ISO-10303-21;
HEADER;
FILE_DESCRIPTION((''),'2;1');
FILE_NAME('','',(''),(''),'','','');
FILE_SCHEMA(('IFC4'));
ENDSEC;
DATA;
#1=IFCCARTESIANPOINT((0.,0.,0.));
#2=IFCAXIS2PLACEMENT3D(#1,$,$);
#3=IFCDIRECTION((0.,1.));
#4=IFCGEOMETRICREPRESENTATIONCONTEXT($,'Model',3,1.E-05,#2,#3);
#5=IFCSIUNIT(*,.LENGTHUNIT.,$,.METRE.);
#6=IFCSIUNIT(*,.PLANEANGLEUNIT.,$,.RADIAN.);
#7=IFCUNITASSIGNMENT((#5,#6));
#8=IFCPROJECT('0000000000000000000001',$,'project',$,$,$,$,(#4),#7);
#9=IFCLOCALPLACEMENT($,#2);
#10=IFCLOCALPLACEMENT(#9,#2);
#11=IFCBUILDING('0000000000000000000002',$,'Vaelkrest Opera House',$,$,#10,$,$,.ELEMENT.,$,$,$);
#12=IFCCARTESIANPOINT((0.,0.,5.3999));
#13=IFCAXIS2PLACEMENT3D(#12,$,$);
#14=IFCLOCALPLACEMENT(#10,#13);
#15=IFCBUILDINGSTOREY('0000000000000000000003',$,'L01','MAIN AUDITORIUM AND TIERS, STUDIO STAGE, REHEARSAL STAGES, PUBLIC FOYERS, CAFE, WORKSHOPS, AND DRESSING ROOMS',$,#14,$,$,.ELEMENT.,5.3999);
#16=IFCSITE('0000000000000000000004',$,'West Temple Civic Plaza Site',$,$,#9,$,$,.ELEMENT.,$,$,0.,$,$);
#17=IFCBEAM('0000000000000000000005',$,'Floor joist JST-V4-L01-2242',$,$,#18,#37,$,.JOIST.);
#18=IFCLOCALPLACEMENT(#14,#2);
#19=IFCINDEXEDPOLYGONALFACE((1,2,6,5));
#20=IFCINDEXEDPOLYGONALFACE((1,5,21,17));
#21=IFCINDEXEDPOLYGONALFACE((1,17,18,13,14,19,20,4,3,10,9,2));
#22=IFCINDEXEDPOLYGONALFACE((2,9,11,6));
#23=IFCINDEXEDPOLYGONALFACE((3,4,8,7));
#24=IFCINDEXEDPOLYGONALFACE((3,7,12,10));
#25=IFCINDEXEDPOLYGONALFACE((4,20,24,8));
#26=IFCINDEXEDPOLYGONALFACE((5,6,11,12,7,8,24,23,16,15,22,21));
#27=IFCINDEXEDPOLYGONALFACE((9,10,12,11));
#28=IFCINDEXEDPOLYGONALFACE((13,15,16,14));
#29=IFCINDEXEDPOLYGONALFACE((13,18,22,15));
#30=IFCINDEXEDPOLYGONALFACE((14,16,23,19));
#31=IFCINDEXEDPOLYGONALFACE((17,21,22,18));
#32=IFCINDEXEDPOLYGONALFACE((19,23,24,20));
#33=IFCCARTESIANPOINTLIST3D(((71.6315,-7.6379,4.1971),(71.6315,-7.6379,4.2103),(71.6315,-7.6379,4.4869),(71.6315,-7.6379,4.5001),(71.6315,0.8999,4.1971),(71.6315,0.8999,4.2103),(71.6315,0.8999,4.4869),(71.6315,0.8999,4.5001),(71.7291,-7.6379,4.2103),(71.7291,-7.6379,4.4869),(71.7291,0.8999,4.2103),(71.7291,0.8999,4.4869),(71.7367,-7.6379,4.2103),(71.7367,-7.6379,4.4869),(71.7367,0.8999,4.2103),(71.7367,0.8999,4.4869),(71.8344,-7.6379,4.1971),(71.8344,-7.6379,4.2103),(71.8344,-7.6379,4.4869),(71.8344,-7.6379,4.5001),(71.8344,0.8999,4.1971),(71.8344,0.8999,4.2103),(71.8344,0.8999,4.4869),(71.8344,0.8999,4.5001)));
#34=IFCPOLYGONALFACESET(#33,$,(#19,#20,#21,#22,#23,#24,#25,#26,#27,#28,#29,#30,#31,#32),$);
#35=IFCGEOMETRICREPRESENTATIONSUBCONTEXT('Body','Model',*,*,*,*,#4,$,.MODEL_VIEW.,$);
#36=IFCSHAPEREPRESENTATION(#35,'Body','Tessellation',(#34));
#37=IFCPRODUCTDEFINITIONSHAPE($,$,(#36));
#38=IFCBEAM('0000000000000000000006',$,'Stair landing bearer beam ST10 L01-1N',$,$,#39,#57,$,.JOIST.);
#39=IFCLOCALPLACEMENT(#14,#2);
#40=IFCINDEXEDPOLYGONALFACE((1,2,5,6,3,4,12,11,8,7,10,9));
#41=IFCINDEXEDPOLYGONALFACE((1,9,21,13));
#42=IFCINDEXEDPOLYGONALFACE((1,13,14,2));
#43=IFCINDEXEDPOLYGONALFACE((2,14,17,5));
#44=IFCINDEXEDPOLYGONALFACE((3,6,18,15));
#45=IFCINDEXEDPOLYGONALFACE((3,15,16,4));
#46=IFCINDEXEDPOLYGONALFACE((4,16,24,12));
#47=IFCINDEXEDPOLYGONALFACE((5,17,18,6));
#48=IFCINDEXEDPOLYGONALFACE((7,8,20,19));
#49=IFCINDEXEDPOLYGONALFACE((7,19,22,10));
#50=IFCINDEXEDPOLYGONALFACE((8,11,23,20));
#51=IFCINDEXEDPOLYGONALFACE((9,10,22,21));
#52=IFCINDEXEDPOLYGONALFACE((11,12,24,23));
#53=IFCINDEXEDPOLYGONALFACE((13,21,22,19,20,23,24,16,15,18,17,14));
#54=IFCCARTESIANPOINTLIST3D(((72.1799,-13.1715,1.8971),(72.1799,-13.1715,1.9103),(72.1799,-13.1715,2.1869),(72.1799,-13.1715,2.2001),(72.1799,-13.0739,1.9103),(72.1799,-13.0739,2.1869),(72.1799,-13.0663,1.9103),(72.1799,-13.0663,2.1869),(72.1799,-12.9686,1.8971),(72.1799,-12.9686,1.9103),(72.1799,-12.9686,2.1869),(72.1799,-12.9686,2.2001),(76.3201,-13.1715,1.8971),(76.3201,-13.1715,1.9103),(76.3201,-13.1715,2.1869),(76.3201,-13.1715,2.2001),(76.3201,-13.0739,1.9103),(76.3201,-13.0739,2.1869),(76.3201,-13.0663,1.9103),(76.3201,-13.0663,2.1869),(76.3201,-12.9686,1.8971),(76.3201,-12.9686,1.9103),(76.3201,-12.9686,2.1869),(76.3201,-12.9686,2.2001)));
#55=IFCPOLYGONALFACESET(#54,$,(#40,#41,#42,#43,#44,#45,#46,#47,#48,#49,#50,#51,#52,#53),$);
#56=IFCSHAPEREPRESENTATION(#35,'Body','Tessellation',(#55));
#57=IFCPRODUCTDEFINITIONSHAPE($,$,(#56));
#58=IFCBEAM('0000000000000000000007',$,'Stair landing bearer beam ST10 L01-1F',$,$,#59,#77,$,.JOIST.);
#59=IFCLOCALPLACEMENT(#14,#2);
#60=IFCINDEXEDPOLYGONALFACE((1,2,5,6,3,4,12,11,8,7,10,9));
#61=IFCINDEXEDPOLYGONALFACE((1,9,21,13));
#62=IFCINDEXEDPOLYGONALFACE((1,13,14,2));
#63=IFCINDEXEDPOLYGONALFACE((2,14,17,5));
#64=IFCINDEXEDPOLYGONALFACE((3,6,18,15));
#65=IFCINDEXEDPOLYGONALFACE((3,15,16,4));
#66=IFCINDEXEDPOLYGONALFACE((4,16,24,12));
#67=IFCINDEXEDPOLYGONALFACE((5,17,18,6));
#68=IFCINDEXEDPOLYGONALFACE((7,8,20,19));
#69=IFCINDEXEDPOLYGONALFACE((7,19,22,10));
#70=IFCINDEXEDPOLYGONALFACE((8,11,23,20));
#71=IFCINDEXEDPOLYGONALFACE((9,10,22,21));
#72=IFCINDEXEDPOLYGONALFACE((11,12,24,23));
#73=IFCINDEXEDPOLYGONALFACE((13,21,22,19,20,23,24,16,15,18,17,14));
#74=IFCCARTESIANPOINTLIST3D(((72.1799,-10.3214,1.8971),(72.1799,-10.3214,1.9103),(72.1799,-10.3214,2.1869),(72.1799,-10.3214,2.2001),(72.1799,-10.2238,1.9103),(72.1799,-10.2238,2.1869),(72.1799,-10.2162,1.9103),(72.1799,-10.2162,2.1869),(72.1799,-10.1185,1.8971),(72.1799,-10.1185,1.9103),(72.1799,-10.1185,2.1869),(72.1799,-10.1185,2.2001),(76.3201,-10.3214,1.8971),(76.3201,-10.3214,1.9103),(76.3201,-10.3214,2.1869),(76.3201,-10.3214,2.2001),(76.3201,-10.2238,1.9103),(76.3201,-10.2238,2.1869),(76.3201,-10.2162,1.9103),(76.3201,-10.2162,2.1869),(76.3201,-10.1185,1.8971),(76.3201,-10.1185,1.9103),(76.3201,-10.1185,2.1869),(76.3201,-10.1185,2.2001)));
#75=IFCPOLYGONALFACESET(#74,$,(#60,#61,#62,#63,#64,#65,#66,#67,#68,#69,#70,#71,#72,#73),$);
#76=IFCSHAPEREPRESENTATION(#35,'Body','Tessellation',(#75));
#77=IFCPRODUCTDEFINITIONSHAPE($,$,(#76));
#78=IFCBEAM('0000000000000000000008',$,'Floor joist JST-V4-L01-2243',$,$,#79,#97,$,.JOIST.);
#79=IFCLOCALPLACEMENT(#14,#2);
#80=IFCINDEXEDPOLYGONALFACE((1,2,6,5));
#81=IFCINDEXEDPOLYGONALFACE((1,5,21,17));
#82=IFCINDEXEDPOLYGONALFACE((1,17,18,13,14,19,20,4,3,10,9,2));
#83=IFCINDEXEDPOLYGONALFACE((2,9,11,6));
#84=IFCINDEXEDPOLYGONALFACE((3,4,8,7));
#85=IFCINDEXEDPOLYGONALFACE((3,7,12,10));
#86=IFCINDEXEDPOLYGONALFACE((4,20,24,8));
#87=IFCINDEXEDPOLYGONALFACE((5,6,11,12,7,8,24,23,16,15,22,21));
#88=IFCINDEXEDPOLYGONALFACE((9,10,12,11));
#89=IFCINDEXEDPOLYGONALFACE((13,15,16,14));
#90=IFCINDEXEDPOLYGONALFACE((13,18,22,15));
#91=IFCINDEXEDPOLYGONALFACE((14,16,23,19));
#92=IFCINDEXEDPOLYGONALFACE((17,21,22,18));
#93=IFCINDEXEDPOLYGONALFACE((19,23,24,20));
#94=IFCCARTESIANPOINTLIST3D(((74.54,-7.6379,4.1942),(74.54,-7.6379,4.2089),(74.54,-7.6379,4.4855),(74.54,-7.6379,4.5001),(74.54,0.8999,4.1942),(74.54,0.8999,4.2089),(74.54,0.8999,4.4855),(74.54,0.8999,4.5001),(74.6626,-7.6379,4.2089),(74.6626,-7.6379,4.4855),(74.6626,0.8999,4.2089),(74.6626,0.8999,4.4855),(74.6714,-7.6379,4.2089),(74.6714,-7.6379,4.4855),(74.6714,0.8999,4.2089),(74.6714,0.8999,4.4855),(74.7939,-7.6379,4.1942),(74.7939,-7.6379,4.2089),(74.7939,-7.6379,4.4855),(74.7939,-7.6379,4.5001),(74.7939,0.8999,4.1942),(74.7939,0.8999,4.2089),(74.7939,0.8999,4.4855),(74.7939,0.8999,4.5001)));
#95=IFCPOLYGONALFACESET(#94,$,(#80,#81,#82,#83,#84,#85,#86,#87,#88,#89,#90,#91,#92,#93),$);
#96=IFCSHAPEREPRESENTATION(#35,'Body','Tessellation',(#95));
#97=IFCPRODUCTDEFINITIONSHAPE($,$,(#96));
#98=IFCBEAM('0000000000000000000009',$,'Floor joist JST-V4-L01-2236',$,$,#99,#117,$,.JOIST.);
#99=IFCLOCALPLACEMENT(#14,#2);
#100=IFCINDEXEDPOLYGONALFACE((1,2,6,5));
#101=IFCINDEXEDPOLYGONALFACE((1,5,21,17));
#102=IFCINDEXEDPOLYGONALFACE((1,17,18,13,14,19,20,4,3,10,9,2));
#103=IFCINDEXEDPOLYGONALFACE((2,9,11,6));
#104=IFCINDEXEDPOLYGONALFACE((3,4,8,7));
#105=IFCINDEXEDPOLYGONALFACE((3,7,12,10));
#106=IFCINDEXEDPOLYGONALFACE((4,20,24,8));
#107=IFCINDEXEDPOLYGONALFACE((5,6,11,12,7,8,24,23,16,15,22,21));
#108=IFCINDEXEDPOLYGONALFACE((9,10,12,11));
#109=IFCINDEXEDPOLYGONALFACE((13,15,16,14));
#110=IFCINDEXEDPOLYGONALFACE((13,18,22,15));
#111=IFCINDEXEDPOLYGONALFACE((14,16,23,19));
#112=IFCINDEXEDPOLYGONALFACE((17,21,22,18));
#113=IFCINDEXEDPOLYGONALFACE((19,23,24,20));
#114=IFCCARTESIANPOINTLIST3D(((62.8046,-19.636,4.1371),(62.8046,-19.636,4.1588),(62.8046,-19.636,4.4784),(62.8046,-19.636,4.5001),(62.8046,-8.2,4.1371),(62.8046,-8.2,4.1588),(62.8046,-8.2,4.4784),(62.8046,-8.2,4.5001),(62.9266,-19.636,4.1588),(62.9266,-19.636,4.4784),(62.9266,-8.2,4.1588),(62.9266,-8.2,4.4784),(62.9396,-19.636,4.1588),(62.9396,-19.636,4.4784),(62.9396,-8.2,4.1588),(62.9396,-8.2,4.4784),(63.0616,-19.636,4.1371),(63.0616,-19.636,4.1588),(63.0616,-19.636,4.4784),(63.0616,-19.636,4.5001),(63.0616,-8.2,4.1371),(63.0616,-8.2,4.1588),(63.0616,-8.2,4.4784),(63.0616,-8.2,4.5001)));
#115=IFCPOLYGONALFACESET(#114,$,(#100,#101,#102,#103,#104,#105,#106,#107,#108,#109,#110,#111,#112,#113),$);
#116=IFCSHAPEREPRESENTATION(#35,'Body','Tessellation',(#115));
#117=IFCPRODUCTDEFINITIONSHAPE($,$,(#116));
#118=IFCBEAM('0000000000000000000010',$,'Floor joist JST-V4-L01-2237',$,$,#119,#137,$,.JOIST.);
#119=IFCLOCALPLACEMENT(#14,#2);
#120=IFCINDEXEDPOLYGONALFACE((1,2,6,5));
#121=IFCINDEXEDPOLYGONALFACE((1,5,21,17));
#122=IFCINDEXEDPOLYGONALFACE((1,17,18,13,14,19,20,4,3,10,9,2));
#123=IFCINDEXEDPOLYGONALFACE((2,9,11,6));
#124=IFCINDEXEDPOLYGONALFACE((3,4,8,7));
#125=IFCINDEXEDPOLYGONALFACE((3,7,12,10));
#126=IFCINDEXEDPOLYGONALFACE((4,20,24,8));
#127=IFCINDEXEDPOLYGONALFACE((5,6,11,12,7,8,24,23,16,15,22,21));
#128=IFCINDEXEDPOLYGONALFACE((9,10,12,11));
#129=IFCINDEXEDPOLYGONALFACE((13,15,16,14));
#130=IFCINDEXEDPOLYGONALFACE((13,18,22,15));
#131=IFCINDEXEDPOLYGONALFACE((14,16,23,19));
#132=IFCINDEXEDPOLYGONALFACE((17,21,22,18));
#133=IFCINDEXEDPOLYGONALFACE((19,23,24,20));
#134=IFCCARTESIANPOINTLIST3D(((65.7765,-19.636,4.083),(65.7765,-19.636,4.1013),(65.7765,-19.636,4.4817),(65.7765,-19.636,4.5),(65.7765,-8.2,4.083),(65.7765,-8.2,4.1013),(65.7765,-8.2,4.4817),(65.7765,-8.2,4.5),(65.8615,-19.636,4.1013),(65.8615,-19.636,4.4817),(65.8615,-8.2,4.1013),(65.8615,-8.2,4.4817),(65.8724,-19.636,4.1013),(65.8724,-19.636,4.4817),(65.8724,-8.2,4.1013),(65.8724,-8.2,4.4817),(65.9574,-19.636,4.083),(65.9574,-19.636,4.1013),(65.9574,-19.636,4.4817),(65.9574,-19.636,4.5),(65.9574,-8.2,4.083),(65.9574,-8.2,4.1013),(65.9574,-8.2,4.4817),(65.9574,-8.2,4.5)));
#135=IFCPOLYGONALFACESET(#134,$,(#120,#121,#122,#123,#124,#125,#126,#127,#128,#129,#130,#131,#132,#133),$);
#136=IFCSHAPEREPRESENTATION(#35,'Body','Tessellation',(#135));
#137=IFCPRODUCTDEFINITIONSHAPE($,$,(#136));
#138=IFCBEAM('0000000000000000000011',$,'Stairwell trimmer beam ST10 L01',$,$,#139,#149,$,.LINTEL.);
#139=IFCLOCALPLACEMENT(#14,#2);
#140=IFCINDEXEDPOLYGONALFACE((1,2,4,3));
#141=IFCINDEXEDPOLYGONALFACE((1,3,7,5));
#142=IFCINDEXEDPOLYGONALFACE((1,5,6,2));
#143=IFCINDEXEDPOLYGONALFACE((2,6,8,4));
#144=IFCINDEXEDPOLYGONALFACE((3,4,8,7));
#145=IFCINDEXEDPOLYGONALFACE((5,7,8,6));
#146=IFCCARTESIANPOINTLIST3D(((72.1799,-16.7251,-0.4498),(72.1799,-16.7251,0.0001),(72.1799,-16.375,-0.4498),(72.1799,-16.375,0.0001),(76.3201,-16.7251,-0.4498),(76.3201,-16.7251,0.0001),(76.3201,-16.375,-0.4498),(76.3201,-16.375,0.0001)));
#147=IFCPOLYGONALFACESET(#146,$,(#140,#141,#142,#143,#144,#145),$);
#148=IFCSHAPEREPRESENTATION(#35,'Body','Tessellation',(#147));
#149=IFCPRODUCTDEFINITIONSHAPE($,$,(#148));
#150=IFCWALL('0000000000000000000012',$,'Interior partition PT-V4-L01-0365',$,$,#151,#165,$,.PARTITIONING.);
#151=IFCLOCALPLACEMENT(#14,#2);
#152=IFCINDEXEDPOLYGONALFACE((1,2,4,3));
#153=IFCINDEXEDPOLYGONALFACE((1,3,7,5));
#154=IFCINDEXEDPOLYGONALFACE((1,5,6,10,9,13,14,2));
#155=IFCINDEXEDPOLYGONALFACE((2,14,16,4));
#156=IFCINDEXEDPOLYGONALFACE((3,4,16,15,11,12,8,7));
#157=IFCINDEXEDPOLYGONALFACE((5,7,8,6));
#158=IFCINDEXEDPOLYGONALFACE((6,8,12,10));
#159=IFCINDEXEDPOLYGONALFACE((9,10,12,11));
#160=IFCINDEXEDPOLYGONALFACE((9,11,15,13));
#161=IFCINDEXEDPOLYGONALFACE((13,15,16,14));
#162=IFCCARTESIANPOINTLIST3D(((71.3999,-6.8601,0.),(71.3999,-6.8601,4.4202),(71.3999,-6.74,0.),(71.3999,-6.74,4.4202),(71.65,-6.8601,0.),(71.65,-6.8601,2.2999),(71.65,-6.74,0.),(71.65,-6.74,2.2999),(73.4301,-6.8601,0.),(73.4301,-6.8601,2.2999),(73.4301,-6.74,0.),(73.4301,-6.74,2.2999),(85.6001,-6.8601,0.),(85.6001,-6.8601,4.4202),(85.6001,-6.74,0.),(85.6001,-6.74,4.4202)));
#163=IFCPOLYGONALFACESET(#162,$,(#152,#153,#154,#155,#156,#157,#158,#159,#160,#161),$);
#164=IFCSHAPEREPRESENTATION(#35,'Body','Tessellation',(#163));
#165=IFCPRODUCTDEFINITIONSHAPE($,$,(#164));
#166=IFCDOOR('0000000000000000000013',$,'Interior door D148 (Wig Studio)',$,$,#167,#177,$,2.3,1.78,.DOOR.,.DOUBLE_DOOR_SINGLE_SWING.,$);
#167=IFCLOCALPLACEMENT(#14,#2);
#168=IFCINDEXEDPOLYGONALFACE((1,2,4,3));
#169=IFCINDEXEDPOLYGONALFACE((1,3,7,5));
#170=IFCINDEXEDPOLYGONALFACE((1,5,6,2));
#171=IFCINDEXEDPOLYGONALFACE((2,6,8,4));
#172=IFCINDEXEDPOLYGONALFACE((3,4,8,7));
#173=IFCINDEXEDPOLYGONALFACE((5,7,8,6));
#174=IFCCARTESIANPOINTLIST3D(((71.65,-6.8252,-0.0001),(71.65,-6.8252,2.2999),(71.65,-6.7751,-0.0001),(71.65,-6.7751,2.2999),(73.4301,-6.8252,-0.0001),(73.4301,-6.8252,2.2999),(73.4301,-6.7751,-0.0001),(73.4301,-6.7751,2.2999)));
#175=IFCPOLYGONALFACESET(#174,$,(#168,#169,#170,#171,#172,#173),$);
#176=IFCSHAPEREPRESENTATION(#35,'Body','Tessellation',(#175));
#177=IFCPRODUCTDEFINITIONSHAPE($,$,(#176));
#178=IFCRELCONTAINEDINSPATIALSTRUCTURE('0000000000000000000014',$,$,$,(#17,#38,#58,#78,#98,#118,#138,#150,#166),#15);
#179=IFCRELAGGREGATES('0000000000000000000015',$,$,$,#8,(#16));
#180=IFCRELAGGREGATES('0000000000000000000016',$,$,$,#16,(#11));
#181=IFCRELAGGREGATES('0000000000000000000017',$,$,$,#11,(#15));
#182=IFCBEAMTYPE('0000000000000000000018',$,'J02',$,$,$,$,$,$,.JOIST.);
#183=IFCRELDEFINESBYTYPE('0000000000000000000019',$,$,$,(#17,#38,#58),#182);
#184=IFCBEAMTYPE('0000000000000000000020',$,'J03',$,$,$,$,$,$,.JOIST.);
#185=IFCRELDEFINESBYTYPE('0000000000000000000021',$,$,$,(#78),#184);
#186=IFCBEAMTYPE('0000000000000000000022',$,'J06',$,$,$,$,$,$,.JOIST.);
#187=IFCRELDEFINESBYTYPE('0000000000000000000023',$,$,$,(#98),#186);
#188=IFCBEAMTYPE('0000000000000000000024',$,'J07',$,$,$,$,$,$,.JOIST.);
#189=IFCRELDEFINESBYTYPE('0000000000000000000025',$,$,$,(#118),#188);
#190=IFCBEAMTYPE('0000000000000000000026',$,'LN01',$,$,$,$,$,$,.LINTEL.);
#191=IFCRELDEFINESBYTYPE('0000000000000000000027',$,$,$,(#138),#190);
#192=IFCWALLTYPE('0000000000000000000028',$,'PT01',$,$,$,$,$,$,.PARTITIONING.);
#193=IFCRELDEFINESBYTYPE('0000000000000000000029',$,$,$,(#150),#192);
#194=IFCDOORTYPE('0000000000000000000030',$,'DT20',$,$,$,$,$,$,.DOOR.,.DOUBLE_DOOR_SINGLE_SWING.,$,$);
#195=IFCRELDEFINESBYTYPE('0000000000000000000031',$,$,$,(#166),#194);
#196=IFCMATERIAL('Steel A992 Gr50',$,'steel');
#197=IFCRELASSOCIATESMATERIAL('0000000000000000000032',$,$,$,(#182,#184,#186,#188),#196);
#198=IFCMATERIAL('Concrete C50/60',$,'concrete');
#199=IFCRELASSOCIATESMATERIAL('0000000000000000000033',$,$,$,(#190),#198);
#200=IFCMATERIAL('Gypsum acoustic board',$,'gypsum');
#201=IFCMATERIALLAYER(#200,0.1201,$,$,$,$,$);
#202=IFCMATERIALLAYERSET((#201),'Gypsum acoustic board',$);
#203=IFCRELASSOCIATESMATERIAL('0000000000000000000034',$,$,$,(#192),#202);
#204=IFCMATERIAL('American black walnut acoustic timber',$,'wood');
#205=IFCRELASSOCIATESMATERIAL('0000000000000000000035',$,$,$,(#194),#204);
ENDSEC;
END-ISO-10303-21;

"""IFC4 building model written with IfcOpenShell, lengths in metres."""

from ifc_helpers import new_model, si_unit, direction, frame, frame_2d, origin, origin_2d, place, context, subcontext, project, spatial, rectangle, i_section, extrude, material, layer, layer_set, material_profile, profile_set, type_object, element, fill, save


model = new_model("IFC4")

# Units and contexts
model_context = context("Model", 3, precision=1e-05, world=origin(), true_north=direction((0.0, 1.0)))
body_context = subcontext(model_context, "Body", "Model", "MODEL_VIEW")
ifc_project = project(units=[si_unit("LENGTHUNIT", "METRE"), si_unit("PLANEANGLEUNIT", "RADIAN")], contexts=[model_context])

# Site, building, storey
site_placement = place(None, origin())
site = spatial("IfcSite", under=ifc_project, at=site_placement, Name="West Temple Civic Plaza Site", CompositionType="ELEMENT", RefElevation=0.0)
building_placement = place(site_placement, origin())
building = spatial("IfcBuilding", under=site, at=building_placement, Name="Vaelkrest Opera House", CompositionType="ELEMENT")
storey_placement = place(building_placement, frame((0.0, 0.0, 5.3999)))
storey = spatial("IfcBuildingStorey", under=building, at=storey_placement, Name="L01", Description="MAIN AUDITORIUM AND TIERS, STUDIO STAGE, REHEARSAL STAGES, PUBLIC FOYERS, CAFE, WORKSHOPS, AND DRESSING ROOMS", CompositionType="ELEMENT", Elevation=5.3999)

# Shared definitions
ifc_material_1 = material(Name="Concrete C50/60", Category="concrete")

# Beams
ifc_material_2 = material(Name="Steel A992 Gr50", Category="steel")
ifc_material_profile_1 = material_profile(ifc_material_2, i_section(OverallWidth=0.2029, OverallDepth=0.303, WebThickness=0.0076, FlangeThickness=0.0132, at=origin_2d()), Name="W12X40")
ifc_profile_set_1 = profile_set([ifc_material_profile_1], Name="Steel A992 Gr50")
beam_type_1 = type_object("IfcBeamType", Name="J02", PredefinedType="JOIST", material=ifc_profile_set_1)
beam_1_placement = place(storey_placement, frame((71.7329, -7.6379, 4.3486), z_axis=(0.0, 1.0, 0.0), x_axis=(-1.0, 0.0, 0.0)))
element("IfcBeam", 1, at=beam_1_placement, inside=storey, type_object=beam_type_1, Name="Floor joist JST-V4-L01-2242", PredefinedType="JOIST", context=body_context, shape_type="SweptSolid", body=[
    extrude(i_section(OverallWidth=0.2029, OverallDepth=0.303, WebThickness=0.0076, FlangeThickness=0.0132, at=origin_2d()), origin(), (0.0, 0.0, 1.0), 8.5378),
])
for number, where, z_axis, x_axis, name in (
    (2, (72.1799, -13.0701, 2.0486), (1.0, 0.0, 0.0), (0.0, 1.0, 0.0), "Stair landing bearer beam ST10 L01-1N"),
    (3, (72.1799, -10.22, 2.0486), (1.0, 0.0, 0.0), (0.0, 1.0, 0.0), "Stair landing bearer beam ST10 L01-1F"),
):
    element("IfcBeam", number, at=place(storey_placement, frame(where, z_axis=z_axis, x_axis=x_axis)), inside=storey, type_object=beam_type_1, Name=name, PredefinedType="JOIST", context=body_context, shape_type="SweptSolid", body=[
        extrude(i_section(OverallWidth=0.2029, OverallDepth=0.303, WebThickness=0.0076, FlangeThickness=0.0132, at=origin_2d()), origin(), (0.0, 0.0, 1.0), 4.1401),
    ])
ifc_material_profile_2 = material_profile(ifc_material_2, i_section(OverallWidth=0.2539, OverallDepth=0.3059, WebThickness=0.0088, FlangeThickness=0.0146, at=origin_2d()), Name="W12X53")
ifc_profile_set_2 = profile_set([ifc_material_profile_2], Name="Steel A992 Gr50")
beam_type_2 = type_object("IfcBeamType", Name="J03", PredefinedType="JOIST", material=ifc_profile_set_2)
beam_2_placement = place(storey_placement, frame((74.667, -7.6379, 4.3472), z_axis=(0.0, 1.0, 0.0), x_axis=(-1.0, 0.0, 0.0)))
element("IfcBeam", 4, at=beam_2_placement, inside=storey, type_object=beam_type_2, Name="Floor joist JST-V4-L01-2243", PredefinedType="JOIST", context=body_context, shape_type="SweptSolid", body=[
    extrude(i_section(OverallWidth=0.2539, OverallDepth=0.3059, WebThickness=0.0088, FlangeThickness=0.0146, at=origin_2d()), origin(), (0.0, 0.0, 1.0), 8.5378),
])
ifc_material_profile_3 = material_profile(ifc_material_2, i_section(OverallWidth=0.2571, OverallDepth=0.363, WebThickness=0.0129, FlangeThickness=0.0217, at=origin_2d()), Name="W14X82")
ifc_profile_set_3 = profile_set([ifc_material_profile_3], Name="Steel A992 Gr50")
beam_type_3 = type_object("IfcBeamType", Name="J06", PredefinedType="JOIST", material=ifc_profile_set_3)
beam_3_placement = place(storey_placement, frame((62.9331, -19.636, 4.3186), z_axis=(0.0, 1.0, 0.0), x_axis=(-1.0, 0.0, 0.0)))
element("IfcBeam", 5, at=beam_3_placement, inside=storey, type_object=beam_type_3, Name="Floor joist JST-V4-L01-2236", PredefinedType="JOIST", context=body_context, shape_type="SweptSolid", body=[
    extrude(i_section(OverallWidth=0.2571, OverallDepth=0.363, WebThickness=0.0129, FlangeThickness=0.0217, at=origin_2d()), origin(), (0.0, 0.0, 1.0), 11.436),
])
ifc_material_profile_4 = material_profile(ifc_material_2, i_section(OverallWidth=0.1809, OverallDepth=0.417, WebThickness=0.011, FlangeThickness=0.0183, at=origin_2d()), Name="W16X57")
ifc_profile_set_4 = profile_set([ifc_material_profile_4], Name="Steel A992 Gr50")
beam_type_4 = type_object("IfcBeamType", Name="J07", PredefinedType="JOIST", material=ifc_profile_set_4)
beam_4_placement = place(storey_placement, frame((65.8669, -19.636, 4.2915), z_axis=(0.0, 1.0, 0.0), x_axis=(-1.0, 0.0, 0.0)))
element("IfcBeam", 6, at=beam_4_placement, inside=storey, type_object=beam_type_4, Name="Floor joist JST-V4-L01-2237", PredefinedType="JOIST", context=body_context, shape_type="SweptSolid", body=[
    extrude(i_section(OverallWidth=0.1809, OverallDepth=0.417, WebThickness=0.011, FlangeThickness=0.0183, at=origin_2d()), origin(), (0.0, 0.0, 1.0), 11.436),
])
ifc_material_profile_5 = material_profile(ifc_material_1, rectangle(XDim=0.3501, YDim=0.45, at=origin_2d()), Name="RCB350X450")
ifc_profile_set_5 = profile_set([ifc_material_profile_5], Name="Concrete C50/60")
beam_type_5 = type_object("IfcBeamType", Name="LN01", PredefinedType="LINTEL", material=ifc_profile_set_5)
beam_5_placement = place(storey_placement, frame((72.1799, -16.55, -0.2249), z_axis=(1.0, 0.0, 0.0), x_axis=(0.0, 1.0, 0.0)))
element("IfcBeam", 7, at=beam_5_placement, inside=storey, type_object=beam_type_5, Name="Stairwell trimmer beam ST10 L01", PredefinedType="LINTEL", context=body_context, shape_type="SweptSolid", body=[
    extrude(rectangle(XDim=0.3501, YDim=0.45, at=origin_2d()), origin(), (0.0, 0.0, 1.0), 4.1401),
])

# Wall, opening, door
ifc_material_3 = material(Name="Gypsum acoustic board", Category="gypsum")
ifc_layer_1 = layer(ifc_material_3, 0.1201)
ifc_layer_set_1 = layer_set([ifc_layer_1], Name="Gypsum acoustic board")
wall_type_1 = type_object("IfcWallType", Name="PT01", PredefinedType="PARTITIONING", material=ifc_layer_set_1)
wall_1_placement = place(storey_placement, frame((71.3999, -6.8, 0.0), z_axis=(0.0, 0.0, 1.0), x_axis=(1.0, 0.0, 0.0)))
wall_1 = element("IfcWall", 8, at=wall_1_placement, inside=storey, type_object=wall_type_1, Name="Interior partition PT-V4-L01-0365", PredefinedType="PARTITIONING", context=body_context, shape_type="SweptSolid", body=[
    extrude(rectangle(XDim=14.2002, YDim=0.1201, at=frame_2d((7.1001, 0.0))), origin(), (0.0, 0.0, 1.0), 4.4202),
])
opening_1_placement = place(wall_1_placement, frame((0.25, 0.0, 0.0)))
opening_1 = element("IfcOpeningElement", 9, at=opening_1_placement, cuts=wall_1, PredefinedType="OPENING", context=body_context, shape_type="SweptSolid", body=[
    extrude(rectangle(XDim=1.78, YDim=2.3, at=frame_2d((0.8901, 1.1499))), frame((0.0, 0.0701, 0.0), z_axis=(0.0, -1.0, 0.0), x_axis=(1.0, 0.0, 0.0)), (0.0, 0.0, 1.0), 0.1401),
])
ifc_material_4 = material(Name="American black walnut acoustic timber", Category="wood")
door_type_1 = type_object("IfcDoorType", Name="DT20", OperationType="DOUBLE_DOOR_SINGLE_SWING", PredefinedType="DOOR", material=ifc_material_4)
door_1_placement = place(opening_1_placement, origin())
door_1 = element("IfcDoor", 10, at=door_1_placement, inside=storey, type_object=door_type_1, Name="Interior door D148 (Wig Studio)", OperationType="DOUBLE_DOOR_SINGLE_SWING", OverallHeight=2.3, OverallWidth=1.78, PredefinedType="DOOR", context=body_context, shape_type="SweptSolid", body=[
    extrude(rectangle(XDim=1.78, YDim=2.3, at=frame_2d((0.8901, 1.1499))), frame((0.0, 0.0249, 0.0), z_axis=(0.0, -1.0, 0.0), x_axis=(1.0, 0.0, 0.0)), (0.0, 0.0, 1.0), 0.05),
])
fill(opening_1, door_1)

save(model, "model.ifc")
